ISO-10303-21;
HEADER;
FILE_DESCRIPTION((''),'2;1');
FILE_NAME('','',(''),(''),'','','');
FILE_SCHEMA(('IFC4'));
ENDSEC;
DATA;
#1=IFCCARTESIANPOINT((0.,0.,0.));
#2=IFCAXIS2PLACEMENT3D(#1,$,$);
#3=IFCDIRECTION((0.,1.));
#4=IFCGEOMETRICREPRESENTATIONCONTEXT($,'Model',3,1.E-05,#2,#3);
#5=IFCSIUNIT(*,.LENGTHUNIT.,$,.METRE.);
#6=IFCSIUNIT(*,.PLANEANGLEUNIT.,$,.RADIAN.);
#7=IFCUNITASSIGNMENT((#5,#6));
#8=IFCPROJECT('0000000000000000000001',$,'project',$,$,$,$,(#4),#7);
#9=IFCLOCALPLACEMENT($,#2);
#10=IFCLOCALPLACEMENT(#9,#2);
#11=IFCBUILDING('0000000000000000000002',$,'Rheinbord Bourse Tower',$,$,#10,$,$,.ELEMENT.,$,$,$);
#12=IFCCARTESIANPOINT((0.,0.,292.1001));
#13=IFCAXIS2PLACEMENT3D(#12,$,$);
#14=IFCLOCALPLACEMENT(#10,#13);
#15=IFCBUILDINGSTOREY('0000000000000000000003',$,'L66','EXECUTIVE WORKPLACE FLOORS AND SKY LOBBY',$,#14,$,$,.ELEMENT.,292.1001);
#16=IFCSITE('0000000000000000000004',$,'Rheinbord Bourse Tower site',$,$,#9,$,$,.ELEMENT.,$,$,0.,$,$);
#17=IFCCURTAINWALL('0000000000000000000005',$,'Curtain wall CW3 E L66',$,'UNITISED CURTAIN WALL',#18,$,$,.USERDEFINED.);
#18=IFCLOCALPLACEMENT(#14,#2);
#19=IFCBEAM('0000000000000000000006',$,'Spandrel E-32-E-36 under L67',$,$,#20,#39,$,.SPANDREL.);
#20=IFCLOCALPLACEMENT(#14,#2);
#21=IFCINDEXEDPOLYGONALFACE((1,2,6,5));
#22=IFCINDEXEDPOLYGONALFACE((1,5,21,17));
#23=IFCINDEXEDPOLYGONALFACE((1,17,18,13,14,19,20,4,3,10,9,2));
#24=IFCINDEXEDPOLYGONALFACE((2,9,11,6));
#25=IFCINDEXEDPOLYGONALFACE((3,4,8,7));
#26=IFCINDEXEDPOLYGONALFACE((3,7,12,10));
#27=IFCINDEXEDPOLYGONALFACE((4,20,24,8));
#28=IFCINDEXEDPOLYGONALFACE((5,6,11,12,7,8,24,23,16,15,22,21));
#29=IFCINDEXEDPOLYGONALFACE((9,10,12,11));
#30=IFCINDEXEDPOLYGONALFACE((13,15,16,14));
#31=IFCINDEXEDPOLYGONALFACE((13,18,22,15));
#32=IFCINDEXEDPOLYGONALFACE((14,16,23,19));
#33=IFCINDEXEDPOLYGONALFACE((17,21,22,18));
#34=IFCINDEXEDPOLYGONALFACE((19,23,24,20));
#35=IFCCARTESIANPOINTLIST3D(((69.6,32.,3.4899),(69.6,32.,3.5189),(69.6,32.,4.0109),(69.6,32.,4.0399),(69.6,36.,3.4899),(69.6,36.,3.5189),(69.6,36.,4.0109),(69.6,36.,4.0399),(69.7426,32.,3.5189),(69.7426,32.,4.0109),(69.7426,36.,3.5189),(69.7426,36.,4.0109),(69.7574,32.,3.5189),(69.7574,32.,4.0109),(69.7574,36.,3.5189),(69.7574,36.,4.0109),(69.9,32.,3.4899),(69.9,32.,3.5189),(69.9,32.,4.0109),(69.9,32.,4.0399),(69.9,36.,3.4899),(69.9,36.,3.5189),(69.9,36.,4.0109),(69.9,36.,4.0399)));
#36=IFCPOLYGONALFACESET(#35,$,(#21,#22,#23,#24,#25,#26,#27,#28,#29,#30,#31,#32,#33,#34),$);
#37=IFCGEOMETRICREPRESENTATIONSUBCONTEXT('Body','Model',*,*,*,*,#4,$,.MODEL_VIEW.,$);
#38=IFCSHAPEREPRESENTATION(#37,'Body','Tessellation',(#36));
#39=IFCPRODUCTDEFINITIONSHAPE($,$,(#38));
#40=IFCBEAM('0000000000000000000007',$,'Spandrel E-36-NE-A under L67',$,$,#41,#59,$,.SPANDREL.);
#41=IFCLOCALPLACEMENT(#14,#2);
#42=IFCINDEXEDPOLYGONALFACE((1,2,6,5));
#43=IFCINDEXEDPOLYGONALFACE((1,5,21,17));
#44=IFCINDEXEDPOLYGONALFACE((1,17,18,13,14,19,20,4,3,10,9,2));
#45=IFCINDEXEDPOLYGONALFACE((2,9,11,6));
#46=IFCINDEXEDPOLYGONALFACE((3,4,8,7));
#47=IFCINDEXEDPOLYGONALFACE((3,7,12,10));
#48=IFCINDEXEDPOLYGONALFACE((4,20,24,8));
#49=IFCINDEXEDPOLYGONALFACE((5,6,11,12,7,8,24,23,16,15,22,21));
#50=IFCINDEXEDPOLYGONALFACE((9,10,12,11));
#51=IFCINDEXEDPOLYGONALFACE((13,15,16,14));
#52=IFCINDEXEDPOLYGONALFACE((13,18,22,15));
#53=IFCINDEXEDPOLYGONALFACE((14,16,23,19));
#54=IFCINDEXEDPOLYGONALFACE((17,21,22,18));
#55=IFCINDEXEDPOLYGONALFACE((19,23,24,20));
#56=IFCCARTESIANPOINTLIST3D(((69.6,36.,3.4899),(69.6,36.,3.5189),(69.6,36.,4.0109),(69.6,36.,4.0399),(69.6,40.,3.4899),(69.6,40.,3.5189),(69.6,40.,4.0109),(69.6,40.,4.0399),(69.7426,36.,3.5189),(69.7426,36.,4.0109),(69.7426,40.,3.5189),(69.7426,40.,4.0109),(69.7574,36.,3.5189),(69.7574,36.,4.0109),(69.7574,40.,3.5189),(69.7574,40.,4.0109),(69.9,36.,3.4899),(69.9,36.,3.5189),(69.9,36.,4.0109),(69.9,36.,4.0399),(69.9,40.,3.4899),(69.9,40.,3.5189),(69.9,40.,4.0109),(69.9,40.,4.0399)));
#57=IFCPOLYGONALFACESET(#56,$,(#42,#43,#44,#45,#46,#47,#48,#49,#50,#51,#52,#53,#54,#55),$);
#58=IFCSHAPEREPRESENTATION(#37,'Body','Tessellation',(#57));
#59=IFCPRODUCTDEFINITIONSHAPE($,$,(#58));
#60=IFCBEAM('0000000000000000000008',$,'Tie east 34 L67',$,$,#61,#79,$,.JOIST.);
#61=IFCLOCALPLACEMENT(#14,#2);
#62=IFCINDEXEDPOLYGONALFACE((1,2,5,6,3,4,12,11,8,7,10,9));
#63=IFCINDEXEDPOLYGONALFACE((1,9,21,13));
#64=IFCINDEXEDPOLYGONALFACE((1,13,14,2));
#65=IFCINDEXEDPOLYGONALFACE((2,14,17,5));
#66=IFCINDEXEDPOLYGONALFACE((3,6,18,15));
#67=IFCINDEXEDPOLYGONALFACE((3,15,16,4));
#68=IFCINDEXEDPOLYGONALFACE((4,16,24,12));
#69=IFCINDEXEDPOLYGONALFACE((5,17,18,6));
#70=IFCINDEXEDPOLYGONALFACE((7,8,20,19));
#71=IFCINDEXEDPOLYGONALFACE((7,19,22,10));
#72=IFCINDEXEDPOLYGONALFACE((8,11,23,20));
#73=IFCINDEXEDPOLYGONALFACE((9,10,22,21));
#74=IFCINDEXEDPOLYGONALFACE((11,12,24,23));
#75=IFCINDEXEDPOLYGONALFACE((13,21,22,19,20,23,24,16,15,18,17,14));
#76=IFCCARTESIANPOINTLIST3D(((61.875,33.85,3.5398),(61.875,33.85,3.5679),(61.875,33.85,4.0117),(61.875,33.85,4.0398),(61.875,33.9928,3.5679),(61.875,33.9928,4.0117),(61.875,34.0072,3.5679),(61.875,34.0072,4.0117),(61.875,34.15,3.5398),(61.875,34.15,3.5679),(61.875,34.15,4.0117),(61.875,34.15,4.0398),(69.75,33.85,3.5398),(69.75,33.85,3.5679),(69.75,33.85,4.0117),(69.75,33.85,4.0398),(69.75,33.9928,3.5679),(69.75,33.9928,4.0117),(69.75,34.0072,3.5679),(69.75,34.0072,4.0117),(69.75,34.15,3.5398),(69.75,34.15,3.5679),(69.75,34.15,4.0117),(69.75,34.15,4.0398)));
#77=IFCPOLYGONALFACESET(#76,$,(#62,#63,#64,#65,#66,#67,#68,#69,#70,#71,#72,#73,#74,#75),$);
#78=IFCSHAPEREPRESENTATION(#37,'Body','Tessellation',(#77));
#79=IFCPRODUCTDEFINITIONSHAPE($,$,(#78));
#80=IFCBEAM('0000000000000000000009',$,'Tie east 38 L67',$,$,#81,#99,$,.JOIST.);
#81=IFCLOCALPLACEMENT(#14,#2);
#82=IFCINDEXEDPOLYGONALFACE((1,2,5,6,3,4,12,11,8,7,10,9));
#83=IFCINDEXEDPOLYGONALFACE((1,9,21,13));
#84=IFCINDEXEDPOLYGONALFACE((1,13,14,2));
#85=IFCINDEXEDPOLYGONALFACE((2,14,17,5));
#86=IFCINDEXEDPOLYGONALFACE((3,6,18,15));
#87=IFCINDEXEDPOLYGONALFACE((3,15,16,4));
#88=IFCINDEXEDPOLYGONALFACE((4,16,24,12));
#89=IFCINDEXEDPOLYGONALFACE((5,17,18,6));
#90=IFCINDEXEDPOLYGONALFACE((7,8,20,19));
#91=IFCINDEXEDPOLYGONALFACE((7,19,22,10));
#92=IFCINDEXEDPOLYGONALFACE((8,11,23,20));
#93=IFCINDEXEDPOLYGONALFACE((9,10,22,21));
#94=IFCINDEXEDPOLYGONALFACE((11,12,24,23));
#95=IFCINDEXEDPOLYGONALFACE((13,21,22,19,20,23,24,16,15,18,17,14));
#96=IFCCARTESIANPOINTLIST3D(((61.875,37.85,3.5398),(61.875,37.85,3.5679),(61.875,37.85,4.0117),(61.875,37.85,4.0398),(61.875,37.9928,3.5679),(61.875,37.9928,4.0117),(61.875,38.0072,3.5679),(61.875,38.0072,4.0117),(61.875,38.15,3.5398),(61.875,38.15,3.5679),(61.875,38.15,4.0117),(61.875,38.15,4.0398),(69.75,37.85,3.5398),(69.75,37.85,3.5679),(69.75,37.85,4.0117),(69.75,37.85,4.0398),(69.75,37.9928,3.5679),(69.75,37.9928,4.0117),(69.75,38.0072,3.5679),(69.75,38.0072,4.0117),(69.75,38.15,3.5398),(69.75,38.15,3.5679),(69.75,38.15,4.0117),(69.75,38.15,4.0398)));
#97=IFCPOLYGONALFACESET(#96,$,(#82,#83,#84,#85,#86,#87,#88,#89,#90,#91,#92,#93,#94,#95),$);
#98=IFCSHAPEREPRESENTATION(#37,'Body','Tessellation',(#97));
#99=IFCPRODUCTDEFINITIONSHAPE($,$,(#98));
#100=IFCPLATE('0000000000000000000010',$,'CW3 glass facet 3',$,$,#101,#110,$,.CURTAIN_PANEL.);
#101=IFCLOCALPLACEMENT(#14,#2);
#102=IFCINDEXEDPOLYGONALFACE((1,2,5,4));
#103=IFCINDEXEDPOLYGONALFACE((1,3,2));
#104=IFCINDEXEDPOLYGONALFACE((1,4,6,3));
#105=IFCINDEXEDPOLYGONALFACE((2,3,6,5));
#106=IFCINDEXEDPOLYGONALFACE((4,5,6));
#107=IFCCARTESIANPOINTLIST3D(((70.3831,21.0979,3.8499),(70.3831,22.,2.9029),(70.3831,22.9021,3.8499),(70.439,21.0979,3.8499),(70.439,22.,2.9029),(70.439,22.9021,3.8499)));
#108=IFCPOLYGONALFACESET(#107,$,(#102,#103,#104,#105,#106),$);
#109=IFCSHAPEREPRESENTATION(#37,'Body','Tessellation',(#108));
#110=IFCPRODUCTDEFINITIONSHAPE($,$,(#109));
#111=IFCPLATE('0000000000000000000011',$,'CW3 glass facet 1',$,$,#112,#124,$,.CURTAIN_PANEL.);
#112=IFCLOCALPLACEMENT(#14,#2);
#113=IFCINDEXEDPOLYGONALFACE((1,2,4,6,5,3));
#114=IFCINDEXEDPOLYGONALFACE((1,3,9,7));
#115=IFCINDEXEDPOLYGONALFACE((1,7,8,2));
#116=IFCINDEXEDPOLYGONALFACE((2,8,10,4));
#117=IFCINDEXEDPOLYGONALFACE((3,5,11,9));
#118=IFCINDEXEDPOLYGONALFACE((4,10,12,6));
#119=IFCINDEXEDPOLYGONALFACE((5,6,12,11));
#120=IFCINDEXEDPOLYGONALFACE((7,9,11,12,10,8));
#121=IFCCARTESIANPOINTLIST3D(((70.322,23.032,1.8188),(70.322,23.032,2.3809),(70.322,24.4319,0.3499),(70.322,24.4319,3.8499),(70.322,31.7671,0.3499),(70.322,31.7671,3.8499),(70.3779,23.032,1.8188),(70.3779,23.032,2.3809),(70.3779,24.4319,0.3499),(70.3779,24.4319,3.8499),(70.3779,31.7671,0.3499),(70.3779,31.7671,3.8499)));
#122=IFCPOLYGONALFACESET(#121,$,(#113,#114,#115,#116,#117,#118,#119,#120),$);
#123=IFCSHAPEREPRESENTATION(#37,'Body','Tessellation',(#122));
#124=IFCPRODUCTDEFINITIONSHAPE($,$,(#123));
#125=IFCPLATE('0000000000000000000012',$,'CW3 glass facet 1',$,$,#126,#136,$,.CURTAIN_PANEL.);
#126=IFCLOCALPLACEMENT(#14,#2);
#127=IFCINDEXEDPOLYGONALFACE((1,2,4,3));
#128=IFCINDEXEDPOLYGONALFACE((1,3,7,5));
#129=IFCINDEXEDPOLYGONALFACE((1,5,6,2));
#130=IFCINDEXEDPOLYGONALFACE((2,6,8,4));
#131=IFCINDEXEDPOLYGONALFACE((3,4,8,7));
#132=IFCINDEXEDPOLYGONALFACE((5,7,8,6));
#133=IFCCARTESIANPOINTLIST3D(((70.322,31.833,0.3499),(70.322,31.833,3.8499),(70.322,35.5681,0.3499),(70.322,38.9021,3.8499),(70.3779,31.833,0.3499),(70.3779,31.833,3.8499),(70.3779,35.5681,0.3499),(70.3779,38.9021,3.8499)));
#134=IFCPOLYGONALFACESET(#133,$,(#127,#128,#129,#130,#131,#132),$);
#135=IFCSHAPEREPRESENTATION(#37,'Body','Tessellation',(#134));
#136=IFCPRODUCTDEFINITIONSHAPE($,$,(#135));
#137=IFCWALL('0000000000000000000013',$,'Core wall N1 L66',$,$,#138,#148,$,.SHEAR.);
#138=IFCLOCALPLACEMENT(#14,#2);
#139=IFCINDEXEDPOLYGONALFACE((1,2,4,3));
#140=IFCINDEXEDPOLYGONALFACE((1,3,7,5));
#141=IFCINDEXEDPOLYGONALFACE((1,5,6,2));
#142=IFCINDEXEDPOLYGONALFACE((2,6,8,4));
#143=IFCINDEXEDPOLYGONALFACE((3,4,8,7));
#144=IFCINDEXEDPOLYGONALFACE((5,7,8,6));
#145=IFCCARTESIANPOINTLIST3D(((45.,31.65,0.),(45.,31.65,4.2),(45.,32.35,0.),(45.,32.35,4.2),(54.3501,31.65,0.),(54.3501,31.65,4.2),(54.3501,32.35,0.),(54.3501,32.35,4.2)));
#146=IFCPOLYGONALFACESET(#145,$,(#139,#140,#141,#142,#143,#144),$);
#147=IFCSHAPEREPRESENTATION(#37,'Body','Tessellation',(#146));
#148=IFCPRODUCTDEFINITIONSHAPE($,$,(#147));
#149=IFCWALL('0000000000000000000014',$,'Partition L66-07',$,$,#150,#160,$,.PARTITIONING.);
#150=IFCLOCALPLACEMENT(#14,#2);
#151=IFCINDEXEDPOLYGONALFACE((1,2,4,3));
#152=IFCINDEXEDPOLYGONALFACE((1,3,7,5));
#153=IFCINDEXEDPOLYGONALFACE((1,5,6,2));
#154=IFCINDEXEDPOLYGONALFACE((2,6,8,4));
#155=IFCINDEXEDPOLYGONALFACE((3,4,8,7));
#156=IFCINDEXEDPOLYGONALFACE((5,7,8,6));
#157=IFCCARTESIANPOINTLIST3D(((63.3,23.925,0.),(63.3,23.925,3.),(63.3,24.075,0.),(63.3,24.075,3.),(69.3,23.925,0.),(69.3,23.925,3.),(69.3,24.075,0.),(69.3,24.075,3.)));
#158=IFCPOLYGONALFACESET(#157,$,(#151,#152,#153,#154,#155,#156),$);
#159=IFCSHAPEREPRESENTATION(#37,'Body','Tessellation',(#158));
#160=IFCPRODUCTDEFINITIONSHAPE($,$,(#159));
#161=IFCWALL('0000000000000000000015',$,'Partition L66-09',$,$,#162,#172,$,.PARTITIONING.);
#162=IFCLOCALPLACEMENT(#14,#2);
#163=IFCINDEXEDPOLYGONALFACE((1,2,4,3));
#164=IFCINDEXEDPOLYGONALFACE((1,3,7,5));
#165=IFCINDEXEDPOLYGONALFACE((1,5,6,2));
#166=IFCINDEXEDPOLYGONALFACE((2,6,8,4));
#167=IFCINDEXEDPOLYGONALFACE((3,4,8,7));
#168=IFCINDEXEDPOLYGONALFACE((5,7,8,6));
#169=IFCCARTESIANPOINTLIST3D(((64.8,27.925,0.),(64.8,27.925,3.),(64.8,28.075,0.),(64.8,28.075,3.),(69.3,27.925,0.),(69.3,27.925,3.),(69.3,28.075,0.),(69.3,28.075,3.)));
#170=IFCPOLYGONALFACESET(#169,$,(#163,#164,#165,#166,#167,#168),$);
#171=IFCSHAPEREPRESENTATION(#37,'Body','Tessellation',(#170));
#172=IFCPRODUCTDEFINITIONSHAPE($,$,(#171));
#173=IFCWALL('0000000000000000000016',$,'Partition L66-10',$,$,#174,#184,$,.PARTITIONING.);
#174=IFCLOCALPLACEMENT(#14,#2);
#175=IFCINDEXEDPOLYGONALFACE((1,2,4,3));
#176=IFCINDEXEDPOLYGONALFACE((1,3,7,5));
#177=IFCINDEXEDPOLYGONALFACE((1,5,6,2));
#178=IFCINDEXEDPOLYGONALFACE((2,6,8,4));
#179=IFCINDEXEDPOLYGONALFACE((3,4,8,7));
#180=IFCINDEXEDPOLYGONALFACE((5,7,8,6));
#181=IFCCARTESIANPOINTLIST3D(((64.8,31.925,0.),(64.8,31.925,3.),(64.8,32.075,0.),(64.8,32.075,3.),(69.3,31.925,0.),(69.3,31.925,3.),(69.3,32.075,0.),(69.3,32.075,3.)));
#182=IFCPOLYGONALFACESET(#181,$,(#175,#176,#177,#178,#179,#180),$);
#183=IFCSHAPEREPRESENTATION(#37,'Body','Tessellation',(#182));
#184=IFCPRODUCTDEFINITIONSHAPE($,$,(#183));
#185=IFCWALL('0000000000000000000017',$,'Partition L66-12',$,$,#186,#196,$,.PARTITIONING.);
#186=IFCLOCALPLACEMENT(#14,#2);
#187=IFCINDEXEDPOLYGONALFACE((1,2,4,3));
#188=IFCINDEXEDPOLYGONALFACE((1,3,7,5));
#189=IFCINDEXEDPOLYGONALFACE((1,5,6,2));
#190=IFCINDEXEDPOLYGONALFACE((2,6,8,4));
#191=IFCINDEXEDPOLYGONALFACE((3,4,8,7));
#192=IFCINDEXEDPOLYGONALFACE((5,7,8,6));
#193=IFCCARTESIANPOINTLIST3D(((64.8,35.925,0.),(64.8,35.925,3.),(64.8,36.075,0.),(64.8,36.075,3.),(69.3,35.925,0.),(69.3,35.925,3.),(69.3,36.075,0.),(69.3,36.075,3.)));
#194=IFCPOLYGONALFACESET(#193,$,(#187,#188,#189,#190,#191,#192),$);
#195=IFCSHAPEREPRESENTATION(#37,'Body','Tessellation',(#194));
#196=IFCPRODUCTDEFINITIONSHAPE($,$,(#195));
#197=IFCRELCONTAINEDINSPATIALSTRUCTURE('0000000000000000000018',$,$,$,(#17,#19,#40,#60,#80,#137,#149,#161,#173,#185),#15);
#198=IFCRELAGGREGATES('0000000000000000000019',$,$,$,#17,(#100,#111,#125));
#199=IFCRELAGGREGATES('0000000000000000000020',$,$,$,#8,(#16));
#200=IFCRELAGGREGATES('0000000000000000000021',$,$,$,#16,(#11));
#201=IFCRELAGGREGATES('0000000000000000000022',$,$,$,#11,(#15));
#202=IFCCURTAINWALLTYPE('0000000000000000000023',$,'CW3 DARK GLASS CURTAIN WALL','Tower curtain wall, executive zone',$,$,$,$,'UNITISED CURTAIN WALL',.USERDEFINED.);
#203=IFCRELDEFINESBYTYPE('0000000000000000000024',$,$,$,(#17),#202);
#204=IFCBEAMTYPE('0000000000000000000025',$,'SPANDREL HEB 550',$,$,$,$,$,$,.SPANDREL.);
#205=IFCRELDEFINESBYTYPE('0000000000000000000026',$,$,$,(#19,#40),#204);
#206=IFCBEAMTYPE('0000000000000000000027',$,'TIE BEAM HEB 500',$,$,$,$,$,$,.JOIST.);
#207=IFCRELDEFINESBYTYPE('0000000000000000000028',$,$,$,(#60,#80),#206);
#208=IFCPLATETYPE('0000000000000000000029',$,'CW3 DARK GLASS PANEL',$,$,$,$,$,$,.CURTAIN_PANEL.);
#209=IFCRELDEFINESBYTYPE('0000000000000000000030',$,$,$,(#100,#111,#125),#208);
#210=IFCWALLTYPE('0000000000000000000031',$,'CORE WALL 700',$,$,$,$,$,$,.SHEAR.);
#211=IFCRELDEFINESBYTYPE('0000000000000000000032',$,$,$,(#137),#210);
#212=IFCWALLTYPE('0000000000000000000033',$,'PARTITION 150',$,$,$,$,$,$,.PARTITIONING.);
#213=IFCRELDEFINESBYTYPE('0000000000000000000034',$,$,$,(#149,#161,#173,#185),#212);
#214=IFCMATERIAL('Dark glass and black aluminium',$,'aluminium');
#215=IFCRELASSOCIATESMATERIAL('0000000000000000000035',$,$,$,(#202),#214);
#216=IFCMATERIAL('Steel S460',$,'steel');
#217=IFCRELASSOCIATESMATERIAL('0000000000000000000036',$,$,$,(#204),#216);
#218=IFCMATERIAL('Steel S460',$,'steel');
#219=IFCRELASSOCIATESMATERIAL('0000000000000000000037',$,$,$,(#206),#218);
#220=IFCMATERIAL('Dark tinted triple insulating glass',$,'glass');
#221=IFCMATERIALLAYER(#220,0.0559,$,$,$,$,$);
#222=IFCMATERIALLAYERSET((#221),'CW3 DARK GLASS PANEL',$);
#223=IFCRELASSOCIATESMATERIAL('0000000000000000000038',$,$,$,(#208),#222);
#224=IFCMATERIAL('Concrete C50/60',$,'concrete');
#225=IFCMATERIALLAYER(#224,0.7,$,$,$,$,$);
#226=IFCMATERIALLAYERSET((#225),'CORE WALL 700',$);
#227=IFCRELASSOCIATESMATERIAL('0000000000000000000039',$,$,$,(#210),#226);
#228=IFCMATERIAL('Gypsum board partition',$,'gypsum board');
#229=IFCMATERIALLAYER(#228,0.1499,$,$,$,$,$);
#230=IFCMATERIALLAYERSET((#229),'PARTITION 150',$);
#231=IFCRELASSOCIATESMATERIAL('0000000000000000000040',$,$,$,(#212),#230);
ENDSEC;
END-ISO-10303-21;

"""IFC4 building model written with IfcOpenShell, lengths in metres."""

from ifc_helpers import new_model, si_unit, direction, frame, frame_2d, origin, origin_2d, place, context, subcontext, project, spatial, polyline, rectangle, i_section, outline, extrude, material, layer, layer_set, material_profile, profile_set, type_object, element, aggregate, save


model = new_model("IFC4")

# Units and contexts
model_context = context("Model", 3, precision=1e-05, world=origin(), true_north=direction((0.0, 1.0)))
body_context = subcontext(model_context, "Body", "Model", "MODEL_VIEW")
ifc_project = project(units=[si_unit("LENGTHUNIT", "METRE"), si_unit("PLANEANGLEUNIT", "RADIAN")], contexts=[model_context])

# Site, building, storey
site_placement = place(None, origin())
site = spatial("IfcSite", under=ifc_project, at=site_placement, Name="Rheinbord Bourse Tower site", CompositionType="ELEMENT", RefElevation=0.0)
building_placement = place(site_placement, origin())
building = spatial("IfcBuilding", under=site, at=building_placement, Name="Rheinbord Bourse Tower", CompositionType="ELEMENT")
storey_placement = place(building_placement, frame((0.0, 0.0, 292.1001)))
storey = spatial("IfcBuildingStorey", under=building, at=storey_placement, Name="L66", Description="EXECUTIVE WORKPLACE FLOORS AND SKY LOBBY", CompositionType="ELEMENT", Elevation=292.1001)

# Curtain wall
ifc_material_1 = material(Name="Dark glass and black aluminium", Category="aluminium")
curtain_wall_type = type_object("IfcCurtainWallType", Name="CW3 DARK GLASS CURTAIN WALL", Description="Tower curtain wall, executive zone", ElementType="UNITISED CURTAIN WALL", PredefinedType="USERDEFINED", material=ifc_material_1)
curtain_wall_placement = place(storey_placement, origin())
curtain_wall = element("IfcCurtainWall", 1, at=curtain_wall_placement, inside=storey, type_object=curtain_wall_type, Name="Curtain wall CW3 E L66", ObjectType="UNITISED CURTAIN WALL", PredefinedType="USERDEFINED")

# Beams
ifc_material_2 = material(Name="Steel S460", Category="steel")
ifc_material_profile_1 = material_profile(ifc_material_2, i_section(OverallWidth=0.3, OverallDepth=0.55, WebThickness=0.0149, FlangeThickness=0.0291, at=origin_2d()), Name="HEB 550")
ifc_profile_set_1 = profile_set([ifc_material_profile_1], Name="Steel S460")
beam_type_1 = type_object("IfcBeamType", Name="SPANDREL HEB 550", PredefinedType="SPANDREL", material=ifc_profile_set_1)
for number, where, z_axis, x_axis, name in (
    (2, (69.75, 32.0, 3.7649), (0.0, 1.0, 0.0), (-1.0, 0.0, 0.0), "Spandrel E-32-E-36 under L67"),
    (3, (69.75, 36.0, 3.7649), (0.0, 1.0, 0.0), (-1.0, 0.0, 0.0), "Spandrel E-36-NE-A under L67"),
):
    element("IfcBeam", number, at=place(storey_placement, frame(where, z_axis=z_axis, x_axis=x_axis)), inside=storey, type_object=beam_type_1, Name=name, PredefinedType="SPANDREL", context=body_context, shape_type="SweptSolid", body=[
        extrude(i_section(OverallWidth=0.3, OverallDepth=0.55, WebThickness=0.0149, FlangeThickness=0.0291, at=origin_2d()), origin(), (0.0, 0.0, 1.0), 4.0),
    ])
ifc_material_3 = material(Name="Steel S460", Category="steel")
ifc_material_profile_2 = material_profile(ifc_material_3, i_section(OverallWidth=0.3, OverallDepth=0.5, WebThickness=0.0144, FlangeThickness=0.0281, at=origin_2d()), Name="HEB 500")
ifc_profile_set_2 = profile_set([ifc_material_profile_2], Name="Steel S460")
beam_type_2 = type_object("IfcBeamType", Name="TIE BEAM HEB 500", PredefinedType="JOIST", material=ifc_profile_set_2)
for number, where, z_axis, x_axis, name in (
    (4, (61.875, 34.0, 3.7898), (1.0, 0.0, 0.0), (0.0, 1.0, 0.0), "Tie east 34 L67"),
    (5, (61.875, 38.0, 3.7898), (1.0, 0.0, 0.0), (0.0, 1.0, 0.0), "Tie east 38 L67"),
):
    element("IfcBeam", number, at=place(storey_placement, frame(where, z_axis=z_axis, x_axis=x_axis)), inside=storey, type_object=beam_type_2, Name=name, PredefinedType="JOIST", context=body_context, shape_type="SweptSolid", body=[
        extrude(i_section(OverallWidth=0.3, OverallDepth=0.5, WebThickness=0.0144, FlangeThickness=0.0281, at=origin_2d()), origin(), (0.0, 0.0, 1.0), 7.875),
    ])

# Plates
ifc_material_4 = material(Name="Dark tinted triple insulating glass", Category="glass")
ifc_layer_1 = layer(ifc_material_4, 0.0559)
ifc_layer_set_1 = layer_set([ifc_layer_1], Name="CW3 DARK GLASS PANEL")
plate_type = type_object("IfcPlateType", Name="CW3 DARK GLASS PANEL", PredefinedType="CURTAIN_PANEL", material=ifc_layer_set_1)
plate_1_placement = place(storey_placement, frame((70.439, 22.9021, 3.8499), z_axis=(-1.0, 0.0, 0.0), x_axis=(0.0, -0.689725, -0.724071)))
plate_1 = element("IfcPlate", 6, at=plate_1_placement, type_object=plate_type, Name="CW3 glass facet 3", PredefinedType="CURTAIN_PANEL", context=body_context, shape_type="SweptSolid", body=[
    extrude(outline(polyline([(0.0, 0.0), (1.3079, 0.0), (1.2444, 1.3064), (0.0, 0.0)])), origin(), (0.0, 0.0, 1.0), 0.0559),
])
plate_2_placement = place(storey_placement, frame((70.3779, 31.7671, 3.8499), z_axis=(-1.0, 0.0, 0.0), x_axis=(0.0, 0.0, -1.0)))
plate_2 = element("IfcPlate", 7, at=plate_2_placement, type_object=plate_type, Name="CW3 glass facet 1", PredefinedType="CURTAIN_PANEL", context=body_context, shape_type="SweptSolid", body=[
    extrude(outline(polyline([(0.0, 0.0), (3.5, 0.0), (3.5, 7.3352), (2.031, 8.7351), (1.469, 8.7351), (0.0, 7.3352), (0.0, 0.0)])), origin(), (0.0, 0.0, 1.0), 0.0559),
])
plate_3_placement = place(storey_placement, frame((70.3779, 31.833, 0.3499), z_axis=(-1.0, 0.0, 0.0), x_axis=(0.0, 0.0, 1.0)))
plate_3 = element("IfcPlate", 8, at=plate_3_placement, type_object=plate_type, Name="CW3 glass facet 1", PredefinedType="CURTAIN_PANEL", context=body_context, shape_type="SweptSolid", body=[
    extrude(outline(polyline([(0.0, 0.0), (3.5, 0.0), (3.5, 7.0691), (0.0, 3.7351), (0.0, 0.0)])), origin(), (0.0, 0.0, 1.0), 0.0559),
])
aggregate(curtain_wall, [plate_1, plate_2, plate_3])

# Walls
ifc_material_5 = material(Name="Concrete C50/60", Category="concrete")
ifc_layer_2 = layer(ifc_material_5, 0.7)
ifc_layer_set_2 = layer_set([ifc_layer_2], Name="CORE WALL 700")
wall_type_1 = type_object("IfcWallType", Name="CORE WALL 700", PredefinedType="SHEAR", material=ifc_layer_set_2)
wall_1_placement = place(storey_placement, frame((54.3501, 32.0, 0.0), z_axis=(0.0, 0.0, 1.0), x_axis=(-1.0, 0.0, 0.0)))
element("IfcWall", 9, at=wall_1_placement, inside=storey, type_object=wall_type_1, Name="Core wall N1 L66", PredefinedType="SHEAR", context=body_context, shape_type="SweptSolid", body=[
    extrude(rectangle(XDim=9.3501, YDim=0.7, at=frame_2d((4.675, 0.0))), origin(), (0.0, 0.0, 1.0), 4.2),
])
ifc_material_6 = material(Name="Gypsum board partition", Category="gypsum board")
ifc_layer_3 = layer(ifc_material_6, 0.1499)
ifc_layer_set_3 = layer_set([ifc_layer_3], Name="PARTITION 150")
wall_type_2 = type_object("IfcWallType", Name="PARTITION 150", PredefinedType="PARTITIONING", material=ifc_layer_set_3)
wall_2_placement = place(storey_placement, frame((63.3, 24.0, 0.0), z_axis=(0.0, 0.0, 1.0), x_axis=(1.0, 0.0, 0.0)))
element("IfcWall", 10, at=wall_2_placement, inside=storey, type_object=wall_type_2, Name="Partition L66-07", PredefinedType="PARTITIONING", context=body_context, shape_type="SweptSolid", body=[
    extrude(rectangle(XDim=6.0, YDim=0.1499, at=frame_2d((3.0, 0.0))), origin(), (0.0, 0.0, 1.0), 3.0),
])
for number, where, z_axis, x_axis, name in (
    (11, (64.8, 28.0, 0.0), (0.0, 0.0, 1.0), (1.0, 0.0, 0.0), "Partition L66-09"),
    (12, (64.8, 32.0, 0.0), (0.0, 0.0, 1.0), (1.0, 0.0, 0.0), "Partition L66-10"),
    (13, (64.8, 36.0, 0.0), (0.0, 0.0, 1.0), (1.0, 0.0, 0.0), "Partition L66-12"),
):
    element("IfcWall", number, at=place(storey_placement, frame(where, z_axis=z_axis, x_axis=x_axis)), inside=storey, type_object=wall_type_2, Name=name, PredefinedType="PARTITIONING", context=body_context, shape_type="SweptSolid", body=[
        extrude(rectangle(XDim=4.5, YDim=0.1499, at=frame_2d((2.25, 0.0))), origin(), (0.0, 0.0, 1.0), 3.0),
    ])

save(model, "model.ifc")
